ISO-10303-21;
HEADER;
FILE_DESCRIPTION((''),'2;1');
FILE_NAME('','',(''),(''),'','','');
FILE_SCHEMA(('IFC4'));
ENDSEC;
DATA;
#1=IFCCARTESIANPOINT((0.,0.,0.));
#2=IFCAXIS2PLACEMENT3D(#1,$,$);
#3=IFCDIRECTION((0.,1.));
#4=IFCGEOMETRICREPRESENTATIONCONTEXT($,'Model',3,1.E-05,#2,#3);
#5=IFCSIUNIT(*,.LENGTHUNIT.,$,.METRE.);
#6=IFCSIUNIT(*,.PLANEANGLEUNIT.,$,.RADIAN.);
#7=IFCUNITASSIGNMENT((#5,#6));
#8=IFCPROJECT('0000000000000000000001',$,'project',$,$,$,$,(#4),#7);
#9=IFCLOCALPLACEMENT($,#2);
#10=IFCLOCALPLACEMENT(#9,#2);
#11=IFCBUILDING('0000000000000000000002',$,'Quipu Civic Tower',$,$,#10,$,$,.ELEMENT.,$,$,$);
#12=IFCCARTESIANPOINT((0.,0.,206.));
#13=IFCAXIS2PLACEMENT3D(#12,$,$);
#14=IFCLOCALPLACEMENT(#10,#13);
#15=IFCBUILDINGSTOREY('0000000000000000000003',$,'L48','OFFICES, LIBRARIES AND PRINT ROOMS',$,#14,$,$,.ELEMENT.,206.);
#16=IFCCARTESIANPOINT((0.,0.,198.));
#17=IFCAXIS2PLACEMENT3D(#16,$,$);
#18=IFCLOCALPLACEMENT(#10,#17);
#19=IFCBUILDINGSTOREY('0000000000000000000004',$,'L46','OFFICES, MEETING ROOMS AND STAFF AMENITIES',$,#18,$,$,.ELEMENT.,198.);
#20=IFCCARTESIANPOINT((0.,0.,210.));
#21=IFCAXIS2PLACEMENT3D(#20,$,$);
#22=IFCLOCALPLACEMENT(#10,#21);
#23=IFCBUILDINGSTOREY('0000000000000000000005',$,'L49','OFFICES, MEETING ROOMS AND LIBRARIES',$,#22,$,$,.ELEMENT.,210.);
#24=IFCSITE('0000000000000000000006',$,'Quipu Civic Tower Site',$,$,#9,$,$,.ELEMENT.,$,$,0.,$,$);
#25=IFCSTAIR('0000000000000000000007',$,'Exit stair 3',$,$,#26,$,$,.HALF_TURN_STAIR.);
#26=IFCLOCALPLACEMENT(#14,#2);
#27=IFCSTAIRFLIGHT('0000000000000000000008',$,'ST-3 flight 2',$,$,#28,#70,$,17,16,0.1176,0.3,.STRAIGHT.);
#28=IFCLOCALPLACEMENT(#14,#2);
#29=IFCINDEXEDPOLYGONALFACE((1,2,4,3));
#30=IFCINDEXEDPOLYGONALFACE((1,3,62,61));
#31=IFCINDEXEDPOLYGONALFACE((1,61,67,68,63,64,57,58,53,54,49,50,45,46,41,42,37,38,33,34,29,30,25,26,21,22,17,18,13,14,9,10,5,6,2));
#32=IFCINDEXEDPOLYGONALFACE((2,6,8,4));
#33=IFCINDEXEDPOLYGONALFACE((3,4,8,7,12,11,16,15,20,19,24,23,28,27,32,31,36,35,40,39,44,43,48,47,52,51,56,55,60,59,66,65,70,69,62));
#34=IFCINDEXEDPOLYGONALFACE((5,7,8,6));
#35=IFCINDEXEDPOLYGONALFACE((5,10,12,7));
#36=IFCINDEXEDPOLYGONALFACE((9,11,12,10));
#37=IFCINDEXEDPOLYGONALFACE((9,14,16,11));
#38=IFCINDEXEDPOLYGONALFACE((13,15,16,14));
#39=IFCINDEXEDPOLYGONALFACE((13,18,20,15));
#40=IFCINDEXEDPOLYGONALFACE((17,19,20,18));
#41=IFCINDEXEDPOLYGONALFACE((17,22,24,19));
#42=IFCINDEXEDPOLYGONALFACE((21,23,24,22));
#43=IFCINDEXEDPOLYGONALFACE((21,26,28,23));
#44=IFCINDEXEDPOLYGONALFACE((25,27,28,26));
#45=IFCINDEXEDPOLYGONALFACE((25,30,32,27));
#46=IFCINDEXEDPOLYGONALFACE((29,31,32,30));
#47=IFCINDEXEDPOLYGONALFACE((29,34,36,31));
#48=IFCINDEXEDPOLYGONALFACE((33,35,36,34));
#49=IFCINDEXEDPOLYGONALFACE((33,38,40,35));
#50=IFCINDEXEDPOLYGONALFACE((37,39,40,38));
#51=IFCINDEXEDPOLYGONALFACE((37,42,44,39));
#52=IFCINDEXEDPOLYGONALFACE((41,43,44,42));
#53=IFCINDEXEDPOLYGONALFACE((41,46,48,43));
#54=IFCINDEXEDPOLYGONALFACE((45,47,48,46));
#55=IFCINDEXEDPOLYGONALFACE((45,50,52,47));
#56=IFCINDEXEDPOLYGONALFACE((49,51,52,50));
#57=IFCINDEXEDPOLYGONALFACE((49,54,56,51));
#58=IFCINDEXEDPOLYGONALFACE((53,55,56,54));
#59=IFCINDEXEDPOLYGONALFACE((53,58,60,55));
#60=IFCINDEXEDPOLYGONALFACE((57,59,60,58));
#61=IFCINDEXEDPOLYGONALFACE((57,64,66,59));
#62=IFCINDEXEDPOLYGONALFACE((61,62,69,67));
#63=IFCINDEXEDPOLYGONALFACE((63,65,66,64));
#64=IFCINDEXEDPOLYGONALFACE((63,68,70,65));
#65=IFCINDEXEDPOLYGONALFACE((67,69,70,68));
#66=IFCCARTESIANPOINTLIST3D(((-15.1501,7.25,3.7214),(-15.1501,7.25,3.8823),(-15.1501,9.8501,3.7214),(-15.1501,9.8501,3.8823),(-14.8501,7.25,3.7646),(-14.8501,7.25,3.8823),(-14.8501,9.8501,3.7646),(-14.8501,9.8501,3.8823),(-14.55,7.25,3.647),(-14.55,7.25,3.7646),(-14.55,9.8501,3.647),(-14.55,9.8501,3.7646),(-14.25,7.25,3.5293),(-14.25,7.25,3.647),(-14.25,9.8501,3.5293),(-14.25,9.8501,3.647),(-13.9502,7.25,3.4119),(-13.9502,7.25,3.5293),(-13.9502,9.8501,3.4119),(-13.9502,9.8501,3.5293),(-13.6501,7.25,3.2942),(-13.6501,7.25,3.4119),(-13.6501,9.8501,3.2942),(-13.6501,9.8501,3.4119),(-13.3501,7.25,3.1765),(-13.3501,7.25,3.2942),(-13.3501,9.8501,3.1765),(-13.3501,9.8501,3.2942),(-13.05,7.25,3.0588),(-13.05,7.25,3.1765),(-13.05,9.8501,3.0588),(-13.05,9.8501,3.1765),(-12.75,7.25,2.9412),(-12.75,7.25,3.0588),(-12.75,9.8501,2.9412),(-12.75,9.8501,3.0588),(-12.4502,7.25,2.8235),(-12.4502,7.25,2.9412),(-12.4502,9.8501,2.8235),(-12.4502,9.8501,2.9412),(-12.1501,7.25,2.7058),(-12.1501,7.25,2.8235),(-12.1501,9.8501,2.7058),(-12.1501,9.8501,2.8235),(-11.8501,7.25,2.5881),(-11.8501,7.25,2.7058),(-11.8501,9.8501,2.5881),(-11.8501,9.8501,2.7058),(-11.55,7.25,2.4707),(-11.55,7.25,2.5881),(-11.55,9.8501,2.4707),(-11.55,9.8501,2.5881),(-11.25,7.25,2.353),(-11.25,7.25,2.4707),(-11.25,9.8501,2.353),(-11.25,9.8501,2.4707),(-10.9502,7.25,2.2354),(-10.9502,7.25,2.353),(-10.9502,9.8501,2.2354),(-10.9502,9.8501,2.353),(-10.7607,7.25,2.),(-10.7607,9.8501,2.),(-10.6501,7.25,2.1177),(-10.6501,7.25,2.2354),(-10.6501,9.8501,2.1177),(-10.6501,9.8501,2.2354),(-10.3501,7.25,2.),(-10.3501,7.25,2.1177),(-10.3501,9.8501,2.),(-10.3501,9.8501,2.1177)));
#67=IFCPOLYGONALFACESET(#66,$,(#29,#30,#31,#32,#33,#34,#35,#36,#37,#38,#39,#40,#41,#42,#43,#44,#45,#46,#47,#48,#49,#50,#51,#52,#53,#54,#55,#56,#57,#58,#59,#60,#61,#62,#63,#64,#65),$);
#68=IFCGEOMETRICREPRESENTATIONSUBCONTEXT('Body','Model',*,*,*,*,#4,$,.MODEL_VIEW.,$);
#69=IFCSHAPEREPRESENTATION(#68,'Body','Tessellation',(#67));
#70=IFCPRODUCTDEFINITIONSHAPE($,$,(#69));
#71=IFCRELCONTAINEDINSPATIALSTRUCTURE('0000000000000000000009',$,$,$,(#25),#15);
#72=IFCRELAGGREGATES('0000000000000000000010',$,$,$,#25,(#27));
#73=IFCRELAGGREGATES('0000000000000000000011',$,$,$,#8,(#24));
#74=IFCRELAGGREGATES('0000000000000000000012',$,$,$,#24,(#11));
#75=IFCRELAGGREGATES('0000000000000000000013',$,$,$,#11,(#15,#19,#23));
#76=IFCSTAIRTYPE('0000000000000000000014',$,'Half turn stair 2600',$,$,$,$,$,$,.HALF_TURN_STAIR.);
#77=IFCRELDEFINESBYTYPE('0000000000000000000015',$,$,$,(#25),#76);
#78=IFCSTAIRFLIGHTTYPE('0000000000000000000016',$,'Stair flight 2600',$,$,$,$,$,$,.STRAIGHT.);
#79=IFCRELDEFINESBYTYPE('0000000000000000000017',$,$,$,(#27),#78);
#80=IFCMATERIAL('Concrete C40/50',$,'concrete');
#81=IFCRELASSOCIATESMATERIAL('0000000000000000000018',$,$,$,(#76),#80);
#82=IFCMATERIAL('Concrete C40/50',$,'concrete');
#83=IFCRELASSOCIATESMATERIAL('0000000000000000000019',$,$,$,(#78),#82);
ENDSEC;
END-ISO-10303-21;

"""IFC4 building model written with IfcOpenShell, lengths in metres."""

from ifc_helpers import new_model, si_unit, direction, frame, origin, place, context, subcontext, project, spatial, polyline, outline, extrude, material, type_object, element, aggregate, save


model = new_model("IFC4")

# Units and contexts
model_context = context("Model", 3, precision=1e-05, world=origin(), true_north=direction((0.0, 1.0)))
body_context = subcontext(model_context, "Body", "Model", "MODEL_VIEW")
ifc_project = project(units=[si_unit("LENGTHUNIT", "METRE"), si_unit("PLANEANGLEUNIT", "RADIAN")], contexts=[model_context])

# Site, building, storey
site_placement = place(None, origin())
site = spatial("IfcSite", under=ifc_project, at=site_placement, Name="Quipu Civic Tower Site", CompositionType="ELEMENT", RefElevation=0.0)
building_placement = place(site_placement, origin())
building = spatial("IfcBuilding", under=site, at=building_placement, Name="Quipu Civic Tower", CompositionType="ELEMENT")
storey_1_placement = place(building_placement, frame((0.0, 0.0, 206.0)))
storey_1 = spatial("IfcBuildingStorey", under=building, at=storey_1_placement, Name="L48", Description="OFFICES, LIBRARIES AND PRINT ROOMS", CompositionType="ELEMENT", Elevation=206.0)

# Shared definitions
storey_2_placement = place(building_placement, frame((0.0, 0.0, 198.0)))
storey_2 = spatial("IfcBuildingStorey", under=building, at=storey_2_placement, Name="L46", Description="OFFICES, MEETING ROOMS AND STAFF AMENITIES", CompositionType="ELEMENT", Elevation=198.0)

# Shared definitions
storey_3_placement = place(building_placement, frame((0.0, 0.0, 210.0)))
storey_3 = spatial("IfcBuildingStorey", under=building, at=storey_3_placement, Name="L49", Description="OFFICES, MEETING ROOMS AND LIBRARIES", CompositionType="ELEMENT", Elevation=210.0)

# Stair, stair flight
ifc_material_1 = material(Name="Concrete C40/50", Category="concrete")
stair_type = type_object("IfcStairType", Name="Half turn stair 2600", PredefinedType="HALF_TURN_STAIR", material=ifc_material_1)
stair_placement = place(storey_1_placement, origin())
stair = element("IfcStair", 1, at=stair_placement, inside=storey_1, type_object=stair_type, Name="Exit stair 3", PredefinedType="HALF_TURN_STAIR")
ifc_material_2 = material(Name="Concrete C40/50", Category="concrete")
stair_flight_type = type_object("IfcStairFlightType", Name="Stair flight 2600", PredefinedType="STRAIGHT", material=ifc_material_2)
stair_flight_placement = place(storey_1_placement, frame((-10.3501, 8.55, 2.0), z_axis=(0.0, 0.0, 1.0), x_axis=(-1.0, 0.0, 0.0)))
stair_flight = element("IfcStairFlight", 2, at=stair_flight_placement, type_object=stair_flight_type, Name="ST-3 flight 2", NumberOfRisers=17, NumberOfTreads=16, PredefinedType="STRAIGHT", RiserHeight=0.1176, TreadLength=0.3, context=body_context, shape_type="SweptSolid", body=[
    extrude(outline(polyline([(0.0, 0.0), (0.0, 0.1177), (0.3, 0.1177), (0.3, 0.2354), (0.6001, 0.2354), (0.6001, 0.353), (0.8999, 0.353), (0.8999, 0.4707), (1.2, 0.4707), (1.2, 0.5881), (1.5, 0.5881), (1.5, 0.7058), (1.8, 0.7058), (1.8, 0.8235), (2.1001, 0.8235), (2.1001, 0.9412), (2.3999, 0.9412), (2.3999, 1.0588), (2.7, 1.0588), (2.7, 1.1765), (3.0, 1.1765), (3.0, 1.2942), (3.3, 1.2942), (3.3, 1.4119), (3.6001, 1.4119), (3.6001, 1.5293), (3.8999, 1.5293), (3.8999, 1.647), (4.2, 1.647), (4.2, 1.7646), (4.5, 1.7646), (4.5, 1.8823), (4.8, 1.8823), (4.8, 2.0), (4.8, 1.7214), (0.4106, 0.0), (0.0, 0.0)])), frame((0.0, 1.3, 0.0), z_axis=(0.0, -1.0, 0.0), x_axis=(1.0, 0.0, 0.0)), (0.0, 0.0, 1.0), 2.6001),
])
aggregate(stair, [stair_flight])

save(model, "model.ifc")
